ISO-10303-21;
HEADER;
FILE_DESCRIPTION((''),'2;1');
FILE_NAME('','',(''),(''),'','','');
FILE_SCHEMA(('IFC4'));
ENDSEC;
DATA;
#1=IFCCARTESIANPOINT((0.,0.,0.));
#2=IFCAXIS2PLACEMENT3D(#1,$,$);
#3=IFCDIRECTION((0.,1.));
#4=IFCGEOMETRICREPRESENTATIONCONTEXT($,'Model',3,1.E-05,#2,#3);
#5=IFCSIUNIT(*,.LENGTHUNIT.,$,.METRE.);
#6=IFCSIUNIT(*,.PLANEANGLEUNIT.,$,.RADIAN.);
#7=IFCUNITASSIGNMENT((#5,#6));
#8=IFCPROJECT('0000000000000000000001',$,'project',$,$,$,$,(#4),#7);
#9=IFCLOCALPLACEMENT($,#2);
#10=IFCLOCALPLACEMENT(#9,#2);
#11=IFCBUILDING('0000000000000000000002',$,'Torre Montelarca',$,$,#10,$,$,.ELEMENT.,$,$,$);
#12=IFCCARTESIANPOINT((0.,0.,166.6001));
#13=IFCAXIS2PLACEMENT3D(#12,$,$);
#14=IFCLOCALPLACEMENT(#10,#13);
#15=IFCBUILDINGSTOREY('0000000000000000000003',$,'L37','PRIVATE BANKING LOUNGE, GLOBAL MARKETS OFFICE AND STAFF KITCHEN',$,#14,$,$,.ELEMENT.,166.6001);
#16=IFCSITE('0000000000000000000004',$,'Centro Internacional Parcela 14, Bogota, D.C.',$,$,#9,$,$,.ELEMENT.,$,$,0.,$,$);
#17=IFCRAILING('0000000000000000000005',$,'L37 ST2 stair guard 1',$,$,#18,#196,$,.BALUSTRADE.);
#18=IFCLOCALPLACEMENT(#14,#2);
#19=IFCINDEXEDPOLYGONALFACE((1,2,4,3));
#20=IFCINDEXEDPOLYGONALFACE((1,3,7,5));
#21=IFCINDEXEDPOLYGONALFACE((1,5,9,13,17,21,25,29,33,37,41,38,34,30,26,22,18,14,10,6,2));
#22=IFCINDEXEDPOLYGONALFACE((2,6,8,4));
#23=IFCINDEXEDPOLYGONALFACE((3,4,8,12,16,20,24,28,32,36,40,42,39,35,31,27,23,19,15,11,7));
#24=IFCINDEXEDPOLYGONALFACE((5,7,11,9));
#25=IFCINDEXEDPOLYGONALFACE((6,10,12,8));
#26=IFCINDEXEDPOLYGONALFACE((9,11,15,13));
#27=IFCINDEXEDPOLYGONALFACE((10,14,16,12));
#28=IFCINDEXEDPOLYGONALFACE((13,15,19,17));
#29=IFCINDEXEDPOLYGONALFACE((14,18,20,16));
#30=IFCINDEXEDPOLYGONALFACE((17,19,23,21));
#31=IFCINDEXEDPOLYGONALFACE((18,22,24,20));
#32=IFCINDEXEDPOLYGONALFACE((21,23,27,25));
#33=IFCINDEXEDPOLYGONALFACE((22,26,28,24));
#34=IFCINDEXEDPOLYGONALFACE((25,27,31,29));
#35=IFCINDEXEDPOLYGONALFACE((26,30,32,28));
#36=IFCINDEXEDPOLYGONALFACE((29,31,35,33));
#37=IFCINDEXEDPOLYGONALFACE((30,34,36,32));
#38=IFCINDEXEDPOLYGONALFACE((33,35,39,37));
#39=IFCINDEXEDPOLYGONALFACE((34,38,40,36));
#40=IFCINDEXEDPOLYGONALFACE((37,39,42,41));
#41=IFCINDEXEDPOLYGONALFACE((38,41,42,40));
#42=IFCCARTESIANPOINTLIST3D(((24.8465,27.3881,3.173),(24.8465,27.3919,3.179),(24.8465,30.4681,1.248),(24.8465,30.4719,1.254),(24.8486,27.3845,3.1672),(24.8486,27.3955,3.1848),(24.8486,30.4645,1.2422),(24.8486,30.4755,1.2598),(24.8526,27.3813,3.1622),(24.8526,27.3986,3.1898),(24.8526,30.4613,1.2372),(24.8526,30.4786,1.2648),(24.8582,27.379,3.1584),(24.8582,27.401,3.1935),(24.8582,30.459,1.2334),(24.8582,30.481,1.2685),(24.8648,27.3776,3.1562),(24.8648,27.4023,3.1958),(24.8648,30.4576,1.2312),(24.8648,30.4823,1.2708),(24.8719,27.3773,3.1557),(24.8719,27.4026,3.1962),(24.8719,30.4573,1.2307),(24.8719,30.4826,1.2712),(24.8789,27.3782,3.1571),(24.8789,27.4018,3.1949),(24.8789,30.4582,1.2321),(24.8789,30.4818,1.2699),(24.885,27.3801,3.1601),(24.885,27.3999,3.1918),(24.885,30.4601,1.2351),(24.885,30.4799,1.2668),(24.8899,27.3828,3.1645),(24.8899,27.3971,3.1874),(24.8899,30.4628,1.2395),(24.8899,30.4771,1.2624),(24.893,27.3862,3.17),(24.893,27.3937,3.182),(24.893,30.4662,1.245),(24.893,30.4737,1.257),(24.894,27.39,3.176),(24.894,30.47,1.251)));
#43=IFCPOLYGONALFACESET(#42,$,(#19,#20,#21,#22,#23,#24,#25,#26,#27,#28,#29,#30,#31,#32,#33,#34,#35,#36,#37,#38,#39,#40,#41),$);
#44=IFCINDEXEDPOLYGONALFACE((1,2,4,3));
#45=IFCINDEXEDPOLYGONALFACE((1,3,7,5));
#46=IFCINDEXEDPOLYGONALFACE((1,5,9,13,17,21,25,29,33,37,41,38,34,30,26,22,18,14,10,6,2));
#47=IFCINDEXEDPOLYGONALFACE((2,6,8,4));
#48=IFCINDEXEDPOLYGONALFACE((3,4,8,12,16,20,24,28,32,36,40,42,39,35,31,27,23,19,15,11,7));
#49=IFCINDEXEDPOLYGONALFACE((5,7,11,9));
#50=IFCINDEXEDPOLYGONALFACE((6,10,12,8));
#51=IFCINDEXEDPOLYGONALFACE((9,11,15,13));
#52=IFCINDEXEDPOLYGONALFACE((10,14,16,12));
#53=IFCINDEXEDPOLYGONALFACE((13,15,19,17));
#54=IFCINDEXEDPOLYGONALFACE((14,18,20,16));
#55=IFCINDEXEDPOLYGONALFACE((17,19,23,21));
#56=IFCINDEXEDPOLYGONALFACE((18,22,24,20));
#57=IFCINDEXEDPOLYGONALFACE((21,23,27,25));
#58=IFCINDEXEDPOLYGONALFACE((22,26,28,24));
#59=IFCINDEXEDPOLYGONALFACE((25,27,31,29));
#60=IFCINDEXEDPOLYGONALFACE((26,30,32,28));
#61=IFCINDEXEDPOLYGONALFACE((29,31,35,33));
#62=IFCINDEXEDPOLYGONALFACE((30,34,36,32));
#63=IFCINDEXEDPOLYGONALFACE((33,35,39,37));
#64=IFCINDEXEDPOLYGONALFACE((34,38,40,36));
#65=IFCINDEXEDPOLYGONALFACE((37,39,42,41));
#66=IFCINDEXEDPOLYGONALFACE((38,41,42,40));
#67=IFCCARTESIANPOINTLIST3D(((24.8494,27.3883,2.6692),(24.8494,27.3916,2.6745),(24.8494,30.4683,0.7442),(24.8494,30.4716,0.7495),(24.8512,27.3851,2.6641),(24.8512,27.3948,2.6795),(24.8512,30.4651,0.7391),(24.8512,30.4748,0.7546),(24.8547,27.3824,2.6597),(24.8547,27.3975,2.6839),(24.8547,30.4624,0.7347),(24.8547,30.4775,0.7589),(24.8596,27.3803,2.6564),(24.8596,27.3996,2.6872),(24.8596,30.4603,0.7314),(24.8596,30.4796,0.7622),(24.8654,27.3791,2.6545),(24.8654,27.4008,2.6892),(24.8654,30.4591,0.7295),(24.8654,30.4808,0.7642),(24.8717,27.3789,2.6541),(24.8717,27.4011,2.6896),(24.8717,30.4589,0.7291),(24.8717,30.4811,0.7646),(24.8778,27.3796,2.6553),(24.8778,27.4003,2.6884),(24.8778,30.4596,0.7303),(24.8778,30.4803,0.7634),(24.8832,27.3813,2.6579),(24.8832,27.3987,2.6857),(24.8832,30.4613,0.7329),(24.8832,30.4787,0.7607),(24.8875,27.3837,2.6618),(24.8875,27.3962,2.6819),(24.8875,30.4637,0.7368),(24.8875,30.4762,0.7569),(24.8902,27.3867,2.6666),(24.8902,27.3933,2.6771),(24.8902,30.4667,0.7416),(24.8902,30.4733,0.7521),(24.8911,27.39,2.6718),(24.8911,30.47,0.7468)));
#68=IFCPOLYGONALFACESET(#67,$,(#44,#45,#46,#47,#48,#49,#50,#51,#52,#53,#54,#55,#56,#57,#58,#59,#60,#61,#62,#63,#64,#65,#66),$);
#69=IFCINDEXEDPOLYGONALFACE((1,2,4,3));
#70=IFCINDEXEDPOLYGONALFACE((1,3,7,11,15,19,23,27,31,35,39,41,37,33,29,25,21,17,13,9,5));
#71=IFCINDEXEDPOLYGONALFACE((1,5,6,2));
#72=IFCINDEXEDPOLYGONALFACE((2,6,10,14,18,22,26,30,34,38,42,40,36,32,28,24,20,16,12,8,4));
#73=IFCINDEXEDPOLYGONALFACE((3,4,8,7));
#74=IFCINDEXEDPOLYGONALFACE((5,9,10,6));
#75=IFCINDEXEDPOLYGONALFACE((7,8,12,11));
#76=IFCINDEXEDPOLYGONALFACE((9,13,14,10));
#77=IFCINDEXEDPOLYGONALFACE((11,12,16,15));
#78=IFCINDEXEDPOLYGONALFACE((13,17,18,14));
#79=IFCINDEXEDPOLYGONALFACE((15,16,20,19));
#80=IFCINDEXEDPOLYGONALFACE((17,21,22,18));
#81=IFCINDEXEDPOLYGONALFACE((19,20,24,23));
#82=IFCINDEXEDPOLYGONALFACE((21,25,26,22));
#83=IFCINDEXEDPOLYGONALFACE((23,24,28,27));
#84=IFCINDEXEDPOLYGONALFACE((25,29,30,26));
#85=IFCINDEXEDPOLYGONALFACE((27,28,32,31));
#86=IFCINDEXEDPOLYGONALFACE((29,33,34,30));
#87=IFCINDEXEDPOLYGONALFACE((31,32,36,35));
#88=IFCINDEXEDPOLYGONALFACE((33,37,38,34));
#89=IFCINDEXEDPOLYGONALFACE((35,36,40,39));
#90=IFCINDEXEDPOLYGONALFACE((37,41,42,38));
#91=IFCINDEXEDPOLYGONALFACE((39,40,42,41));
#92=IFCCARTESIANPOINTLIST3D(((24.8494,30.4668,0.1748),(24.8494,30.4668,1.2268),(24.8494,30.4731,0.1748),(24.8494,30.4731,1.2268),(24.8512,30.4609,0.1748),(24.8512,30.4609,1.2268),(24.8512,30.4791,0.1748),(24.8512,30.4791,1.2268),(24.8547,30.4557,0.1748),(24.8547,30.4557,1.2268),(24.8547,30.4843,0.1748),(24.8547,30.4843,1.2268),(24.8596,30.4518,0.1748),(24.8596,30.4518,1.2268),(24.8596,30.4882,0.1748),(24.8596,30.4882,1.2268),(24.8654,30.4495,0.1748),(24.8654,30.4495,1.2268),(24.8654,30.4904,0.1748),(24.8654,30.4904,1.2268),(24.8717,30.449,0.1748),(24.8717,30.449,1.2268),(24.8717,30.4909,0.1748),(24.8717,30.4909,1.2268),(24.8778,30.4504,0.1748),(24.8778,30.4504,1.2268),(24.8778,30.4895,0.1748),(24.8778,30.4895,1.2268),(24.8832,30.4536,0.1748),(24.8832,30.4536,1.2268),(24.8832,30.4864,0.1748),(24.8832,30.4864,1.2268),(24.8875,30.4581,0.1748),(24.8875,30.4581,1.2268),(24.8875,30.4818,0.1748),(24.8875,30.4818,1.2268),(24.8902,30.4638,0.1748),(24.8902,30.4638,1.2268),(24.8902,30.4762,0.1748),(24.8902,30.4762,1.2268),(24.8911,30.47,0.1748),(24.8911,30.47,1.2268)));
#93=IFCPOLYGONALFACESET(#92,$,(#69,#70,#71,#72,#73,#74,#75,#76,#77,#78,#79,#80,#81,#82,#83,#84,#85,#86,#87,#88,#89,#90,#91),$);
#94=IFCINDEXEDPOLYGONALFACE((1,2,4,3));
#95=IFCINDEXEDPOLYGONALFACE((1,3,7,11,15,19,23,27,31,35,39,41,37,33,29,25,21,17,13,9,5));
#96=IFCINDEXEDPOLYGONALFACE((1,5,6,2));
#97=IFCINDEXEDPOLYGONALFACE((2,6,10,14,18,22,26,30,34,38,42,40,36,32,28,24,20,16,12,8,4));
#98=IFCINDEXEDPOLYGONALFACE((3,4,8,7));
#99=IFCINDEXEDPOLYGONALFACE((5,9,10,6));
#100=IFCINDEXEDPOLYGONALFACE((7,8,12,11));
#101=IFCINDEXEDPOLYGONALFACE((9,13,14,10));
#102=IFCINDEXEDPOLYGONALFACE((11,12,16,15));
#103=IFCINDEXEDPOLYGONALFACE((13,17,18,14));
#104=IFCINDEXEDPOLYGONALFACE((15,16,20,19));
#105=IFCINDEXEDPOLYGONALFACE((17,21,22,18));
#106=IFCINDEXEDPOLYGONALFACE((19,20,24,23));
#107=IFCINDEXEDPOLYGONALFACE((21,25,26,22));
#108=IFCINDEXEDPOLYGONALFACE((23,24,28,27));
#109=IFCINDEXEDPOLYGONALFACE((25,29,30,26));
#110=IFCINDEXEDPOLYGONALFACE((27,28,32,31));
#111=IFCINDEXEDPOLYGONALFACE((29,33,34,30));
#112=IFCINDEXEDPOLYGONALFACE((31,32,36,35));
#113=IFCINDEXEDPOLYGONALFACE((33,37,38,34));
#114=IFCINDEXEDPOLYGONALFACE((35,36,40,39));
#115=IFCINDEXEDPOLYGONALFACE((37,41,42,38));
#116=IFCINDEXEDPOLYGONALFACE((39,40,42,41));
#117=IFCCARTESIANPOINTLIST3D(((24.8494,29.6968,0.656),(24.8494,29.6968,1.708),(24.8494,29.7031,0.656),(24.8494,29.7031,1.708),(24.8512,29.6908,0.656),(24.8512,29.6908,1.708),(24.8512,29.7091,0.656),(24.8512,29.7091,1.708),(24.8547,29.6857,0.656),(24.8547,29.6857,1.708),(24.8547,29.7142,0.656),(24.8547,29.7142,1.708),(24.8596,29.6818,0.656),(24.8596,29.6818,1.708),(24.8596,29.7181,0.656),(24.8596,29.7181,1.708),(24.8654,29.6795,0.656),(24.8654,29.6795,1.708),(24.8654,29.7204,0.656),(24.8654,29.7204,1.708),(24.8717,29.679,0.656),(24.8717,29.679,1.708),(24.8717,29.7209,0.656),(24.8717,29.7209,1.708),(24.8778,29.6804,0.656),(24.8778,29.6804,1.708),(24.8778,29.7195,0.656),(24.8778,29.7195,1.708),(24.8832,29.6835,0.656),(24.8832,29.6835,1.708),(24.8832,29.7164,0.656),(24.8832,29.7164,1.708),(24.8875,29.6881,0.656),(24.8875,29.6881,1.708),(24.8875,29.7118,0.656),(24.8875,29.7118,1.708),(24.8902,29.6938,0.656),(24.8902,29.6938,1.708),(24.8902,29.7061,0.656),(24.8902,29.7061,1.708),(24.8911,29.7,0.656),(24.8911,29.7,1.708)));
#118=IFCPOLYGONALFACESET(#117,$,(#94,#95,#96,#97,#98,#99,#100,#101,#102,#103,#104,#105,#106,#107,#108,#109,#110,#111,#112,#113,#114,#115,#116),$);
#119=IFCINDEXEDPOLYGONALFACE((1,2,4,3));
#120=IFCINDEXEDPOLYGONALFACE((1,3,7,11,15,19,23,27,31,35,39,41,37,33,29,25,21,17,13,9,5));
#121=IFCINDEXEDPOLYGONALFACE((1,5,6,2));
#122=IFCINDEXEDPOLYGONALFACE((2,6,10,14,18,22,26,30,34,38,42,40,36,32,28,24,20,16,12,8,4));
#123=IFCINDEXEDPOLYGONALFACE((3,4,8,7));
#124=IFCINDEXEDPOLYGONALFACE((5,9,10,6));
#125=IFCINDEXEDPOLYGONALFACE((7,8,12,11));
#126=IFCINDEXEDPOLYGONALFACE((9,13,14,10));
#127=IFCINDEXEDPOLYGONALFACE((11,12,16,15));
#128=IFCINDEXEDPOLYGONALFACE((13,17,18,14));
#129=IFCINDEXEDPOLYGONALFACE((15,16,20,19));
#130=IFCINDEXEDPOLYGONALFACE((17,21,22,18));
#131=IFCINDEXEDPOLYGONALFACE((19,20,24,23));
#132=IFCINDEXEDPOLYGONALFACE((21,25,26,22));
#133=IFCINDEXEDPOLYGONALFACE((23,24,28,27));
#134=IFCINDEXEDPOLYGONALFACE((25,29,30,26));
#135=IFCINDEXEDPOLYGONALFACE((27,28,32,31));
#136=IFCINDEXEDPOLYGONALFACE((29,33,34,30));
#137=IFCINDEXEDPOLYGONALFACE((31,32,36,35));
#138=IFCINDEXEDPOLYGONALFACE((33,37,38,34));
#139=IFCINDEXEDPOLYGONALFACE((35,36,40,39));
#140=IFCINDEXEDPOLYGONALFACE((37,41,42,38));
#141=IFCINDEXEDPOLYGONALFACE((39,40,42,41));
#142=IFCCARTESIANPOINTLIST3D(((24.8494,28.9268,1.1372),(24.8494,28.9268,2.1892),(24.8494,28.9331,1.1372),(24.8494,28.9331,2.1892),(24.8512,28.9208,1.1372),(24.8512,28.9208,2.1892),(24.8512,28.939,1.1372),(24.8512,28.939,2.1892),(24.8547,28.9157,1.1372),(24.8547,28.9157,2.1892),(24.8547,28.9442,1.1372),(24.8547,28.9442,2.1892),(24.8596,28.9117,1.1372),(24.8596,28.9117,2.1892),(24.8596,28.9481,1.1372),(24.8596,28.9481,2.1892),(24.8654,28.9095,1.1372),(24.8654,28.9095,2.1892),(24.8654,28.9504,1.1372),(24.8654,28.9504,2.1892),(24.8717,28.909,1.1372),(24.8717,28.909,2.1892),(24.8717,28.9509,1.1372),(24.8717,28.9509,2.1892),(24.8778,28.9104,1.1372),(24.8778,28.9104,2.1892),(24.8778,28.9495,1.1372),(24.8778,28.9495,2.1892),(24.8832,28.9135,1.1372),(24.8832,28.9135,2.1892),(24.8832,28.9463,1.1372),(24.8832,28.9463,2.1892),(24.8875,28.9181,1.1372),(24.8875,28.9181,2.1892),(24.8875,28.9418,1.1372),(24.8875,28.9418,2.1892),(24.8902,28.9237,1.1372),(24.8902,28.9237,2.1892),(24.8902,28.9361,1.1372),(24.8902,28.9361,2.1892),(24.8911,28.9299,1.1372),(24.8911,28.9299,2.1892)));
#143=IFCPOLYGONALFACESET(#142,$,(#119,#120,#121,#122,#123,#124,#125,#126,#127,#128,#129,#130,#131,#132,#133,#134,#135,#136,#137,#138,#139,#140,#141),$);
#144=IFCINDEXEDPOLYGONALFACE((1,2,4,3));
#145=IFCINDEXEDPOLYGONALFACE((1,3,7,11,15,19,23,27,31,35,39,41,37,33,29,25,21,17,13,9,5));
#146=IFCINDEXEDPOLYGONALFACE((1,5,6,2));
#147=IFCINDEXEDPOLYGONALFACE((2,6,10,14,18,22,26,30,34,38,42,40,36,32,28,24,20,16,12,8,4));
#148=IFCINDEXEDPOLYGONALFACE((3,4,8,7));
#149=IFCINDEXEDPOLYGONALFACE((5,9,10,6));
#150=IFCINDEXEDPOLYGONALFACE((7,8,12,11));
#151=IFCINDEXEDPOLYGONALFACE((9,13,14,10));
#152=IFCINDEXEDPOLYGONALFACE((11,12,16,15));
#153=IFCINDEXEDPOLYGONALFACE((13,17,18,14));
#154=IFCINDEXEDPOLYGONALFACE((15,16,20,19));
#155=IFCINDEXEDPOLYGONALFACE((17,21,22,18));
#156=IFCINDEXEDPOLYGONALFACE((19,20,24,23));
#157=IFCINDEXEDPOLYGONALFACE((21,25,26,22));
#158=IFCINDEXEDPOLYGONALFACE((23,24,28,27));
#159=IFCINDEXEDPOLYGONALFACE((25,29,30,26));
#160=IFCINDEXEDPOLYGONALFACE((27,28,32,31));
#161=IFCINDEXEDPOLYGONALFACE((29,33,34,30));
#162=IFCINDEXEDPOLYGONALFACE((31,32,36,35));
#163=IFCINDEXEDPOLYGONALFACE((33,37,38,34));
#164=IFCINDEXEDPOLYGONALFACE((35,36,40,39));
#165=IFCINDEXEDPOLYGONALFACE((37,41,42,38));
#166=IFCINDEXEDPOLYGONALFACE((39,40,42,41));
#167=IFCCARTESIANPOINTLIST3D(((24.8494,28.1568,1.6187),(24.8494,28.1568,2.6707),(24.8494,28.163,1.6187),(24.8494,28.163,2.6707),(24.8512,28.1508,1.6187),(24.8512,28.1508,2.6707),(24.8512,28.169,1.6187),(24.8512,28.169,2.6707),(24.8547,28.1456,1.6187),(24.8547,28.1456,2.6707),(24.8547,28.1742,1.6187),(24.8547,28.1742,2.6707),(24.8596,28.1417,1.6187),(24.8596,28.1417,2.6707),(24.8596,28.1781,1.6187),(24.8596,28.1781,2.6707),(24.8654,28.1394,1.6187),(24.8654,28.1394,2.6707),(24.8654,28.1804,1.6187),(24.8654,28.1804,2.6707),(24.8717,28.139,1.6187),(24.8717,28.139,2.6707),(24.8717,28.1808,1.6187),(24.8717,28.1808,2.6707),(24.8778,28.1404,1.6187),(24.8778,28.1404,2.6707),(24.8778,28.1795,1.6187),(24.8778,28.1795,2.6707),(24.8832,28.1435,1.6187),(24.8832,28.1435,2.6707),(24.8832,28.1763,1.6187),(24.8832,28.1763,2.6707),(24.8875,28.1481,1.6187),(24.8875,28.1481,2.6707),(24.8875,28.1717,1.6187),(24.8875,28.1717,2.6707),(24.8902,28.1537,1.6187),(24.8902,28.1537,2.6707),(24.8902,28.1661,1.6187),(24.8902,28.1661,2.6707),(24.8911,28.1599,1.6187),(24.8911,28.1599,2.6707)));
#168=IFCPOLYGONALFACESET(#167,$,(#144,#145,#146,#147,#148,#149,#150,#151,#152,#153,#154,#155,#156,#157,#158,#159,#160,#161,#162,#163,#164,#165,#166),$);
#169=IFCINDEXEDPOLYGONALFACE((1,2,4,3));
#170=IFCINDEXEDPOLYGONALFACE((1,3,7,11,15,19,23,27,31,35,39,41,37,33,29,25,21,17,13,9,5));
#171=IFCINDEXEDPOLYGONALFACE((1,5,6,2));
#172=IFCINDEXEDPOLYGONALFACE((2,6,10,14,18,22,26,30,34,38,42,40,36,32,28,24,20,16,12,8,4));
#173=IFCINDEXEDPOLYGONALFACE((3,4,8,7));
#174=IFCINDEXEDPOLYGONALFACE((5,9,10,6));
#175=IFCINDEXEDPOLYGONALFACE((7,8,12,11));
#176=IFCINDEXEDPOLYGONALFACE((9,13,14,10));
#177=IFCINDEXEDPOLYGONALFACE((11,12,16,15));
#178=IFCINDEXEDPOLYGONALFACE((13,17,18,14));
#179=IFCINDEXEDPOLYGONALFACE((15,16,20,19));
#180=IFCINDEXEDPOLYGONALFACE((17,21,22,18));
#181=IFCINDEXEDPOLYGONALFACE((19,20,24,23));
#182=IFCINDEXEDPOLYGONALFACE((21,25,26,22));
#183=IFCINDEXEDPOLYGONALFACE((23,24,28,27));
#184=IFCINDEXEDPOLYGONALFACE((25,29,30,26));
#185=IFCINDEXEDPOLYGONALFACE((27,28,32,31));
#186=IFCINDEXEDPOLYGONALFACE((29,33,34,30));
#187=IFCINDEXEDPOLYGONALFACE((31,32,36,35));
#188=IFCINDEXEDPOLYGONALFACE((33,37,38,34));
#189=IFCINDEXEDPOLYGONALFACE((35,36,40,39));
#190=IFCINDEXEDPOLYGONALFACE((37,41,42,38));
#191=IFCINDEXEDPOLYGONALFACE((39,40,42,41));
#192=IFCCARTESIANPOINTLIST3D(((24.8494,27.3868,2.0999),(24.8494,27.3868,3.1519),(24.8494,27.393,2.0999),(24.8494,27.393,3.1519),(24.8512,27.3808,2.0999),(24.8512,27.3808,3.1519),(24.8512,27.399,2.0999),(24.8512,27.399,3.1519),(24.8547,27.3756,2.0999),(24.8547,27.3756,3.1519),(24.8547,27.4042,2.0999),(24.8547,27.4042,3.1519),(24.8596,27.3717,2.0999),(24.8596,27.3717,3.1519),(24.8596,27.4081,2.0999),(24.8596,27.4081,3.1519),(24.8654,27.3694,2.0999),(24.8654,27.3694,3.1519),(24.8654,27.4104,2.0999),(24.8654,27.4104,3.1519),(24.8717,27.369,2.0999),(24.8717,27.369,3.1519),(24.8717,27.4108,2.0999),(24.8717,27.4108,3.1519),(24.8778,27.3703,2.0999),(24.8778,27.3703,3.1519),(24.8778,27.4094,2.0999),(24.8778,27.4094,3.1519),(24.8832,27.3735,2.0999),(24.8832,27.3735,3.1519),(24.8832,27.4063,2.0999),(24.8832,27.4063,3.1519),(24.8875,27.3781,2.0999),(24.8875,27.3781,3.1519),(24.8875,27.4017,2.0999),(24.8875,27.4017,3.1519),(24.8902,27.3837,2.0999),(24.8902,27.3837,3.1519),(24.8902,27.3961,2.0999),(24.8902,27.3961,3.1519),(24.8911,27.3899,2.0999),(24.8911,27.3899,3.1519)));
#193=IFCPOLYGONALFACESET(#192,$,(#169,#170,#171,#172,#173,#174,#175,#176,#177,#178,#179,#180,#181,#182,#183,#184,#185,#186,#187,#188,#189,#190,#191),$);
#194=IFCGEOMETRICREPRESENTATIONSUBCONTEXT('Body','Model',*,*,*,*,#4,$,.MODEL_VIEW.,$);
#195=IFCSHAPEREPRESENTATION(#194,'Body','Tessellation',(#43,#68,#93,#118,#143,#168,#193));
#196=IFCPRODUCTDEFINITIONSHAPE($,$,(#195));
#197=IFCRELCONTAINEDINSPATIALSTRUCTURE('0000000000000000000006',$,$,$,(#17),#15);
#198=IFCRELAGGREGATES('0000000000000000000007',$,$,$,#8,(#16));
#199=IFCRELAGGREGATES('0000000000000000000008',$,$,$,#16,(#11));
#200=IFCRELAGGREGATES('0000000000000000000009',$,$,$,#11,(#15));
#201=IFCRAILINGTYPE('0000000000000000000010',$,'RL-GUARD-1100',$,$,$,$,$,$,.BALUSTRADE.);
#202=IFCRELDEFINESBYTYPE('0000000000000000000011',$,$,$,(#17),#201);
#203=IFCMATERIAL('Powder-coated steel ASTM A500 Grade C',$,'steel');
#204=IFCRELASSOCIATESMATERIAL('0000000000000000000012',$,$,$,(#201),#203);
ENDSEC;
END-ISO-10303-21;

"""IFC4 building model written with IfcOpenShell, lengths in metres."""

from ifc_helpers import new_model, si_unit, direction, frame, origin, origin_2d, place, context, subcontext, project, spatial, circle, extrude, material, type_object, element, save


model = new_model("IFC4")

# Units and contexts
model_context = context("Model", 3, precision=1e-05, world=origin(), true_north=direction((0.0, 1.0)))
body_context = subcontext(model_context, "Body", "Model", "MODEL_VIEW")
ifc_project = project(units=[si_unit("LENGTHUNIT", "METRE"), si_unit("PLANEANGLEUNIT", "RADIAN")], contexts=[model_context])

# Site, building, storey
site_placement = place(None, origin())
site = spatial("IfcSite", under=ifc_project, at=site_placement, Name="Centro Internacional Parcela 14, Bogota, D.C.", CompositionType="ELEMENT", RefElevation=0.0)
building_placement = place(site_placement, origin())
building = spatial("IfcBuilding", under=site, at=building_placement, Name="Torre Montelarca", CompositionType="ELEMENT")
storey_placement = place(building_placement, frame((0.0, 0.0, 166.6001)))
storey = spatial("IfcBuildingStorey", under=building, at=storey_placement, Name="L37", Description="PRIVATE BANKING LOUNGE, GLOBAL MARKETS OFFICE AND STAFF KITCHEN", CompositionType="ELEMENT", Elevation=166.6001)

# Railing
ifc_material_1 = material(Name="Powder-coated steel ASTM A500 Grade C", Category="steel")
railing_type_1 = type_object("IfcRailingType", Name="RL-GUARD-1100", PredefinedType="BALUSTRADE", material=ifc_material_1)
railing_1_placement = place(storey_placement, frame((24.8701, 30.47, 0.1748)))
element("IfcRailing", 1, at=railing_1_placement, inside=storey, type_object=railing_type_1, Name="L37 ST2 stair guard 1", PredefinedType="BALUSTRADE", context=body_context, shape_type="SweptSolid", body=[
    extrude(circle(Radius=0.0239, at=origin_2d()), frame((0.0, 0.0, 1.0762), z_axis=(0.0, -0.847998, 0.529999), x_axis=(1.0, 0.0, 0.0)), (0.0, 0.0, 1.0), 3.6321),
    extrude(circle(Radius=0.021, at=origin_2d()), frame((0.0, 0.0, 0.572), z_axis=(0.0, -0.847998, 0.529999), x_axis=(1.0, 0.0, 0.0)), (0.0, 0.0, 1.0), 3.6321),
    extrude(circle(Radius=0.021, at=origin_2d()), origin(), (0.0, 0.0, 1.0), 1.052),
    extrude(circle(Radius=0.021, at=origin_2d()), frame((0.0, -0.77, 0.4812)), (0.0, 0.0, 1.0), 1.052),
    extrude(circle(Radius=0.021, at=origin_2d()), frame((0.0, -1.54, 0.9624)), (0.0, 0.0, 1.0), 1.052),
    extrude(circle(Radius=0.021, at=origin_2d()), frame((0.0, -2.3101, 1.4438)), (0.0, 0.0, 1.0), 1.052),
    extrude(circle(Radius=0.021, at=origin_2d()), frame((0.0, -3.0801, 1.925)), (0.0, 0.0, 1.0), 1.052),
])

save(model, "model.ifc")
